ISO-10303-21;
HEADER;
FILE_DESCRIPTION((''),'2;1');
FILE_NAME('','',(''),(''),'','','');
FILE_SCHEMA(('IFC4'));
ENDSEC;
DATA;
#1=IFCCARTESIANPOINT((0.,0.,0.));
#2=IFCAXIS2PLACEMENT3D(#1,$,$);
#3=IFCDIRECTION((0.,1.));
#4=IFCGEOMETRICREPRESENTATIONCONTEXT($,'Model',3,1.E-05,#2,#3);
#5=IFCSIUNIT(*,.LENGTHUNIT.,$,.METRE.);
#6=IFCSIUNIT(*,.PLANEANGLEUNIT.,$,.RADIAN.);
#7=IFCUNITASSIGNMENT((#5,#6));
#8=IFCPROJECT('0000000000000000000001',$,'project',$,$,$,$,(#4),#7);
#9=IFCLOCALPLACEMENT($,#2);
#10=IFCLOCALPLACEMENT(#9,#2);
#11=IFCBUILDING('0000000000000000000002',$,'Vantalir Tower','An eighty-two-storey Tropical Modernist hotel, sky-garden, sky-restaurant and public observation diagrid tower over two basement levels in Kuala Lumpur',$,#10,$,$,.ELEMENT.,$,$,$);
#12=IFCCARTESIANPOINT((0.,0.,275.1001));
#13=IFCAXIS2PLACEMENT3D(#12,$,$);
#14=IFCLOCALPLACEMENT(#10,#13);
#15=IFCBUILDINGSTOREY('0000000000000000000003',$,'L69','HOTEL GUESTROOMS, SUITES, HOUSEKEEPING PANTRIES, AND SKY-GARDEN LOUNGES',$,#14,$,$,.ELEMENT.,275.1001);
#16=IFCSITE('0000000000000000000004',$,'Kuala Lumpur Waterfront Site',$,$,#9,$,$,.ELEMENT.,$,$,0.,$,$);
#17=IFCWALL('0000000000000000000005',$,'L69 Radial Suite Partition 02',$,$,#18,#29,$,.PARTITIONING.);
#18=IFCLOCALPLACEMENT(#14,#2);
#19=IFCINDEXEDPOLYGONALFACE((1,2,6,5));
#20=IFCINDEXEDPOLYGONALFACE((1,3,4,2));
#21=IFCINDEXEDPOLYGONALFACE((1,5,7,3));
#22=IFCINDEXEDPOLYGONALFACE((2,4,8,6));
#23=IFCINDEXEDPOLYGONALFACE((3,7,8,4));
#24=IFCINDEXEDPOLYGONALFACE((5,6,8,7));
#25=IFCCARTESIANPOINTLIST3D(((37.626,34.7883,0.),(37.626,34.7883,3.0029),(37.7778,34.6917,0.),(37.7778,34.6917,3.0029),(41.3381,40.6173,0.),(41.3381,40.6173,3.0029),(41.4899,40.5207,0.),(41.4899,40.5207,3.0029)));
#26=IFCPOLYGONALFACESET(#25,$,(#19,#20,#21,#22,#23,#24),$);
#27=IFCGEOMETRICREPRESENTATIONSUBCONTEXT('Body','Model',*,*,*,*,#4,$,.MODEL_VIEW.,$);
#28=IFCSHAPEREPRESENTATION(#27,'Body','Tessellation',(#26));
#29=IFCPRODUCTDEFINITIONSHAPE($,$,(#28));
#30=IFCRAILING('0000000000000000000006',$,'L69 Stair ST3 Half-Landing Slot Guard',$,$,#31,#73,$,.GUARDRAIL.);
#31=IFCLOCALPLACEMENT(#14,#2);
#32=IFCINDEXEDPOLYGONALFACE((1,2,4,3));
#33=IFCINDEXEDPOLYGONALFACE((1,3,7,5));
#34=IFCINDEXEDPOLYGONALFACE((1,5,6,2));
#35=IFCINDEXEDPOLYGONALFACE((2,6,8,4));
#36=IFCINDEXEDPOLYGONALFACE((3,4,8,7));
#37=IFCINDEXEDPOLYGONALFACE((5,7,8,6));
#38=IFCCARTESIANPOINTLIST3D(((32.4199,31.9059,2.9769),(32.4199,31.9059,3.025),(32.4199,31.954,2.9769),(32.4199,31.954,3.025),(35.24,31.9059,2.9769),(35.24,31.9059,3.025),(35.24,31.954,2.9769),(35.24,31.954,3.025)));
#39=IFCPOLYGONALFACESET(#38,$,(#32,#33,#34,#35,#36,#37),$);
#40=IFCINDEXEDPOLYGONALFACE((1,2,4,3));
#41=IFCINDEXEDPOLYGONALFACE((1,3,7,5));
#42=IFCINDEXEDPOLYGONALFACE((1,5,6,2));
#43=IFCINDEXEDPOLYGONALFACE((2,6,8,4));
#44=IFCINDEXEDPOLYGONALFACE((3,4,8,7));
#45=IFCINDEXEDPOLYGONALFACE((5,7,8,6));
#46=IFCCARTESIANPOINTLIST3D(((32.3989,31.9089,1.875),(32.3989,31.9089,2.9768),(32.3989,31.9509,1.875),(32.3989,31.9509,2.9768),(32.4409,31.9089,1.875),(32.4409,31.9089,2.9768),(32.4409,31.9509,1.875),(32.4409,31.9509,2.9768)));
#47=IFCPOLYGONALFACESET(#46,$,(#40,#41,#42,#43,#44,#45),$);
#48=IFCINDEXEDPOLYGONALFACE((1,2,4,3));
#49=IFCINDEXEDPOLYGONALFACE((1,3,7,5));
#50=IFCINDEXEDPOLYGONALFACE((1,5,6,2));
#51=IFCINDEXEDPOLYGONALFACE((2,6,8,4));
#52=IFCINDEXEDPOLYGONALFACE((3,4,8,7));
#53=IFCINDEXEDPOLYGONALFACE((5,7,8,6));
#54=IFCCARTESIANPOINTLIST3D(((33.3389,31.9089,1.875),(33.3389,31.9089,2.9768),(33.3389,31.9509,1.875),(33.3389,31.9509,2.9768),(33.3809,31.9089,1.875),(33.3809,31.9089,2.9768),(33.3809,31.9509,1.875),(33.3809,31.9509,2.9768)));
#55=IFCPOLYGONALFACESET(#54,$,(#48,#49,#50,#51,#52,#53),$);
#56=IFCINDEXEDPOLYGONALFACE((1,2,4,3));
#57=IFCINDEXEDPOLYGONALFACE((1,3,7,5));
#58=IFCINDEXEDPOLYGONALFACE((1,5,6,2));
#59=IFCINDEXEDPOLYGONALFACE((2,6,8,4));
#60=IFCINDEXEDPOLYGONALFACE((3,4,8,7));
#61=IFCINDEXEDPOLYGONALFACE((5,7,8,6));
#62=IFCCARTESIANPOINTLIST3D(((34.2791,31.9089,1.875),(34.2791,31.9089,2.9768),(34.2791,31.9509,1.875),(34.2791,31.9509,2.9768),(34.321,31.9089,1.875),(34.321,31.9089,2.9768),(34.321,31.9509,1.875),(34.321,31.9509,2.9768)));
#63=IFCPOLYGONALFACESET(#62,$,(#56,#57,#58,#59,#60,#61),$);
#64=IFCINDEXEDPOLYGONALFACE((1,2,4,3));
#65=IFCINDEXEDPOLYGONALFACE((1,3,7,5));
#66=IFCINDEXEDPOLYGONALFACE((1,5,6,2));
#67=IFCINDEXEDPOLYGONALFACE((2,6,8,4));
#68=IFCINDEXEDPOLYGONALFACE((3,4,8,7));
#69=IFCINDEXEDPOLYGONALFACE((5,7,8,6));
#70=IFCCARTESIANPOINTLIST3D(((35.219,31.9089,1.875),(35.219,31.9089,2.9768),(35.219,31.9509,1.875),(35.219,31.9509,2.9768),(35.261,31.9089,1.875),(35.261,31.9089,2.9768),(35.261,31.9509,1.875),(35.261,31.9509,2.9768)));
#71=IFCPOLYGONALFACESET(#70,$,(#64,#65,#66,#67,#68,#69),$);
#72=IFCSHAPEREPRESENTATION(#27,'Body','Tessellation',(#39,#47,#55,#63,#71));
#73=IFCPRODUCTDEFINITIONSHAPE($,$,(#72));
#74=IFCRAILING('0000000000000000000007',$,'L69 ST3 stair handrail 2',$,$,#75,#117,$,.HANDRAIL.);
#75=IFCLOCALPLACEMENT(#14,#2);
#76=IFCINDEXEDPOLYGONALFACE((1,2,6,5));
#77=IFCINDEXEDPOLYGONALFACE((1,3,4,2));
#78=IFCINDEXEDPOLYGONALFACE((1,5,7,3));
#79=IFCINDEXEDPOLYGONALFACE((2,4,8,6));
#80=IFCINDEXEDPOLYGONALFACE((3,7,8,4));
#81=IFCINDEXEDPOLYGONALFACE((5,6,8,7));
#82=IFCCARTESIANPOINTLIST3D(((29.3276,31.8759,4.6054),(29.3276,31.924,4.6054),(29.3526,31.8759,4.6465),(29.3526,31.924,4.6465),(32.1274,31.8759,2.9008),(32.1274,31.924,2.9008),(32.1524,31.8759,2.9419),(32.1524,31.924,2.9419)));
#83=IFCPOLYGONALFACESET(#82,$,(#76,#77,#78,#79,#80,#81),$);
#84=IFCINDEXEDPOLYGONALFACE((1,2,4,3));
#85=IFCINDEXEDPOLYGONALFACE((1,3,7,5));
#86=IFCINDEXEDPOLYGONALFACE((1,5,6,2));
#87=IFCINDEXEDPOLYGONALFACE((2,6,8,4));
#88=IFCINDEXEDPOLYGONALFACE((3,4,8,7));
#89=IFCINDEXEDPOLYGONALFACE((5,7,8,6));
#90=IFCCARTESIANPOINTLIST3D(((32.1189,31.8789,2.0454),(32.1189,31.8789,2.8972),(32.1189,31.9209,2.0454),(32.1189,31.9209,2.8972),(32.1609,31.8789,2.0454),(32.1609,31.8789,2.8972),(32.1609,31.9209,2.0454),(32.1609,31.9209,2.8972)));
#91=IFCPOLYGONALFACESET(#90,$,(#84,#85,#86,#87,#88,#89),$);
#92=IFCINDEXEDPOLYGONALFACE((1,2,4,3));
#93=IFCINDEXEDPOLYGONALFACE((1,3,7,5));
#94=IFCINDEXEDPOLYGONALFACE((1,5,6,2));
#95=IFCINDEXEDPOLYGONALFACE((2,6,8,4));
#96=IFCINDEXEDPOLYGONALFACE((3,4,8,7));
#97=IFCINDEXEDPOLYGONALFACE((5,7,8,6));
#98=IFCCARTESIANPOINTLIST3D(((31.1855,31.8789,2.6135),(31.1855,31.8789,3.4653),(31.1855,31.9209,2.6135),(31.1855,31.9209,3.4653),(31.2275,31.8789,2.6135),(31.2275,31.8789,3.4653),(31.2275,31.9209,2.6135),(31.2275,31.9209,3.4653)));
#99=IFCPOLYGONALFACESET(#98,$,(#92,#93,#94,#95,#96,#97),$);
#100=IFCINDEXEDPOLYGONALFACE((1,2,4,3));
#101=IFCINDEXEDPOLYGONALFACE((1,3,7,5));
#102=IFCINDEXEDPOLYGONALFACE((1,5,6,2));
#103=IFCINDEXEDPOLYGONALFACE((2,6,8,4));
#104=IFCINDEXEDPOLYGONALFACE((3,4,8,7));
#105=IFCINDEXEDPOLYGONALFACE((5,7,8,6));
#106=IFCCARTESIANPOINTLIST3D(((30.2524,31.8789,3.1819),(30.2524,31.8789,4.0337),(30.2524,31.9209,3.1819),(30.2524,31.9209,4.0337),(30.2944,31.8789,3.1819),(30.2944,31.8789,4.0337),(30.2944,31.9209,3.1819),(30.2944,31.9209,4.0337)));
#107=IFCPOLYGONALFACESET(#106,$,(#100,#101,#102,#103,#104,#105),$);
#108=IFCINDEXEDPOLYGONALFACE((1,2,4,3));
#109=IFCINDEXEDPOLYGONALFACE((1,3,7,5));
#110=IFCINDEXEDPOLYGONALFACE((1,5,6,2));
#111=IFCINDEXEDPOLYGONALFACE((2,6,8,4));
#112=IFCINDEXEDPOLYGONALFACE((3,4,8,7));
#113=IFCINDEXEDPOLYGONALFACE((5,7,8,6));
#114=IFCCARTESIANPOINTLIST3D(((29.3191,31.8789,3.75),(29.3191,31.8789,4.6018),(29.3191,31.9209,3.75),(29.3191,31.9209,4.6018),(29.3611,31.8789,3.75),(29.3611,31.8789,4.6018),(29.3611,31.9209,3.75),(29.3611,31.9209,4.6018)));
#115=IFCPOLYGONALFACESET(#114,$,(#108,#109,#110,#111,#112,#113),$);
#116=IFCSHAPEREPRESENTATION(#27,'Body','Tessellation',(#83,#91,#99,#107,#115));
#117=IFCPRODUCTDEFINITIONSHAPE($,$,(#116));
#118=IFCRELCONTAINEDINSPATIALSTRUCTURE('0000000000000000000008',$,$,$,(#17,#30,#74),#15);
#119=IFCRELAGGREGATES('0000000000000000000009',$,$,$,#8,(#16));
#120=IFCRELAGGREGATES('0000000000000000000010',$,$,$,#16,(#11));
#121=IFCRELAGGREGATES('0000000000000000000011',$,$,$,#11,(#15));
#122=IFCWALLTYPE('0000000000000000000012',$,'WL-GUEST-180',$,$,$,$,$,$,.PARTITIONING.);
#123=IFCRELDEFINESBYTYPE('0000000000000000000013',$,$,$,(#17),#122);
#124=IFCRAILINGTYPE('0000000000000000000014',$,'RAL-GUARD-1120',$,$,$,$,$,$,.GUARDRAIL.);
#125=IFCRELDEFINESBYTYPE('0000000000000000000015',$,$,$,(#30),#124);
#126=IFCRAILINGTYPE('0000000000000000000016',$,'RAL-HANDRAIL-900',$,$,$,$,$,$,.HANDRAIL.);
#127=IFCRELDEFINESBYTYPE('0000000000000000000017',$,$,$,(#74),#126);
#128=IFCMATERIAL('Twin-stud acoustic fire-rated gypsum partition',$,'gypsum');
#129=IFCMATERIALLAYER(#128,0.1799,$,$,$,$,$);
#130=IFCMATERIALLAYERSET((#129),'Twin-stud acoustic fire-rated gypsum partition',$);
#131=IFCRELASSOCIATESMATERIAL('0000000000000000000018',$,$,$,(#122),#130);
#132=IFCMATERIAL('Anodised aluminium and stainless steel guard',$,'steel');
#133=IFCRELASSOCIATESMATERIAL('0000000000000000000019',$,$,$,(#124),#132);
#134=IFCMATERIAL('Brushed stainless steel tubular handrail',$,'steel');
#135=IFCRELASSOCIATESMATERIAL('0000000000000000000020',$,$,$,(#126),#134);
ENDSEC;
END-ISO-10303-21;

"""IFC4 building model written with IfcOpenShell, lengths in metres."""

from ifc_helpers import new_model, si_unit, direction, frame, frame_2d, origin, origin_2d, place, context, subcontext, project, spatial, rectangle, extrude, material, layer, layer_set, type_object, element, save


model = new_model("IFC4")

# Units and contexts
model_context = context("Model", 3, precision=1e-05, world=origin(), true_north=direction((0.0, 1.0)))
body_context = subcontext(model_context, "Body", "Model", "MODEL_VIEW")
ifc_project = project(units=[si_unit("LENGTHUNIT", "METRE"), si_unit("PLANEANGLEUNIT", "RADIAN")], contexts=[model_context])

# Site, building, storey
site_placement = place(None, origin())
site = spatial("IfcSite", under=ifc_project, at=site_placement, Name="Kuala Lumpur Waterfront Site", CompositionType="ELEMENT", RefElevation=0.0)
building_placement = place(site_placement, origin())
building = spatial("IfcBuilding", under=site, at=building_placement, Name="Vantalir Tower", Description="An eighty-two-storey Tropical Modernist hotel, sky-garden, sky-restaurant and public observation diagrid tower over two basement levels in Kuala Lumpur", CompositionType="ELEMENT")
storey_placement = place(building_placement, frame((0.0, 0.0, 275.1001)))
storey = spatial("IfcBuildingStorey", under=building, at=storey_placement, Name="L69", Description="HOTEL GUESTROOMS, SUITES, HOUSEKEEPING PANTRIES, AND SKY-GARDEN LOUNGES", CompositionType="ELEMENT", Elevation=275.1001)

# Wall
ifc_material_1 = material(Name="Twin-stud acoustic fire-rated gypsum partition", Category="gypsum")
ifc_layer_1 = layer(ifc_material_1, 0.1799)
ifc_layer_set_1 = layer_set([ifc_layer_1], Name="Twin-stud acoustic fire-rated gypsum partition")
wall_type_1 = type_object("IfcWallType", Name="WL-GUEST-180", PredefinedType="PARTITIONING", material=ifc_layer_set_1)
wall_1_placement = place(storey_placement, frame((37.7019, 34.74, 0.0), z_axis=(0.0, 0.0, 1.0), x_axis=(0.537157, 0.843483, 0.0)))
element("IfcWall", 1, at=wall_1_placement, inside=storey, type_object=wall_type_1, Name="L69 Radial Suite Partition 02", PredefinedType="PARTITIONING", context=body_context, shape_type="SweptSolid", body=[
    extrude(rectangle(XDim=6.9106, YDim=0.1799, at=frame_2d((3.4553, 0.0))), origin(), (0.0, 0.0, 1.0), 3.0029),
])

# Railings
ifc_material_2 = material(Name="Anodised aluminium and stainless steel guard", Category="steel")
railing_type_1 = type_object("IfcRailingType", Name="RAL-GUARD-1120", PredefinedType="GUARDRAIL", material=ifc_material_2)
railing_1_placement = place(storey_placement, frame((32.4199, 31.9299, 1.875)))
element("IfcRailing", 2, at=railing_1_placement, inside=storey, type_object=railing_type_1, Name="L69 Stair ST3 Half-Landing Slot Guard", PredefinedType="GUARDRAIL", context=body_context, shape_type="SweptSolid", body=[
    extrude(rectangle(XDim=0.0481, YDim=0.0481, at=origin_2d()), frame((0.0, 0.0, 1.126), z_axis=(1.0, 0.0, 0.0), x_axis=(0.0, 1.0, 0.0)), (0.0, 0.0, 1.0), 2.8201),
    extrude(rectangle(XDim=0.042, YDim=0.042, at=origin_2d()), origin(), (0.0, 0.0, 1.0), 1.1018),
    extrude(rectangle(XDim=0.042, YDim=0.042, at=origin_2d()), frame((0.9399, 0.0, 0.0)), (0.0, 0.0, 1.0), 1.1018),
    extrude(rectangle(XDim=0.042, YDim=0.042, at=origin_2d()), frame((1.8801, 0.0, 0.0)), (0.0, 0.0, 1.0), 1.1018),
    extrude(rectangle(XDim=0.042, YDim=0.042, at=origin_2d()), frame((2.8201, 0.0, 0.0)), (0.0, 0.0, 1.0), 1.1018),
])
ifc_material_3 = material(Name="Brushed stainless steel tubular handrail", Category="steel")
railing_type_2 = type_object("IfcRailingType", Name="RAL-HANDRAIL-900", PredefinedType="HANDRAIL", material=ifc_material_3)
railing_2_placement = place(storey_placement, frame((32.1399, 31.8999, 2.0454)))
element("IfcRailing", 3, at=railing_2_placement, inside=storey, type_object=railing_type_2, Name="L69 ST3 stair handrail 2", PredefinedType="HANDRAIL", context=body_context, shape_type="SweptSolid", body=[
    extrude(rectangle(XDim=0.0481, YDim=0.0481, at=origin_2d()), frame((0.0, 0.0, 0.876), z_axis=(-0.85415, 0.0, 0.520027), x_axis=(0.0, -1.0, 0.0)), (0.0, 0.0, 1.0), 3.2778),
    extrude(rectangle(XDim=0.042, YDim=0.042, at=origin_2d()), origin(), (0.0, 0.0, 1.0), 0.8518),
    extrude(rectangle(XDim=0.042, YDim=0.042, at=origin_2d()), frame((-0.9333, 0.0, 0.5681)), (0.0, 0.0, 1.0), 0.8518),
    extrude(rectangle(XDim=0.042, YDim=0.042, at=origin_2d()), frame((-1.8665, 0.0, 1.1365)), (0.0, 0.0, 1.0), 0.8518),
    extrude(rectangle(XDim=0.042, YDim=0.042, at=origin_2d()), frame((-2.7998, 0.0, 1.7046)), (0.0, 0.0, 1.0), 0.8518),
])

save(model, "model.ifc")
